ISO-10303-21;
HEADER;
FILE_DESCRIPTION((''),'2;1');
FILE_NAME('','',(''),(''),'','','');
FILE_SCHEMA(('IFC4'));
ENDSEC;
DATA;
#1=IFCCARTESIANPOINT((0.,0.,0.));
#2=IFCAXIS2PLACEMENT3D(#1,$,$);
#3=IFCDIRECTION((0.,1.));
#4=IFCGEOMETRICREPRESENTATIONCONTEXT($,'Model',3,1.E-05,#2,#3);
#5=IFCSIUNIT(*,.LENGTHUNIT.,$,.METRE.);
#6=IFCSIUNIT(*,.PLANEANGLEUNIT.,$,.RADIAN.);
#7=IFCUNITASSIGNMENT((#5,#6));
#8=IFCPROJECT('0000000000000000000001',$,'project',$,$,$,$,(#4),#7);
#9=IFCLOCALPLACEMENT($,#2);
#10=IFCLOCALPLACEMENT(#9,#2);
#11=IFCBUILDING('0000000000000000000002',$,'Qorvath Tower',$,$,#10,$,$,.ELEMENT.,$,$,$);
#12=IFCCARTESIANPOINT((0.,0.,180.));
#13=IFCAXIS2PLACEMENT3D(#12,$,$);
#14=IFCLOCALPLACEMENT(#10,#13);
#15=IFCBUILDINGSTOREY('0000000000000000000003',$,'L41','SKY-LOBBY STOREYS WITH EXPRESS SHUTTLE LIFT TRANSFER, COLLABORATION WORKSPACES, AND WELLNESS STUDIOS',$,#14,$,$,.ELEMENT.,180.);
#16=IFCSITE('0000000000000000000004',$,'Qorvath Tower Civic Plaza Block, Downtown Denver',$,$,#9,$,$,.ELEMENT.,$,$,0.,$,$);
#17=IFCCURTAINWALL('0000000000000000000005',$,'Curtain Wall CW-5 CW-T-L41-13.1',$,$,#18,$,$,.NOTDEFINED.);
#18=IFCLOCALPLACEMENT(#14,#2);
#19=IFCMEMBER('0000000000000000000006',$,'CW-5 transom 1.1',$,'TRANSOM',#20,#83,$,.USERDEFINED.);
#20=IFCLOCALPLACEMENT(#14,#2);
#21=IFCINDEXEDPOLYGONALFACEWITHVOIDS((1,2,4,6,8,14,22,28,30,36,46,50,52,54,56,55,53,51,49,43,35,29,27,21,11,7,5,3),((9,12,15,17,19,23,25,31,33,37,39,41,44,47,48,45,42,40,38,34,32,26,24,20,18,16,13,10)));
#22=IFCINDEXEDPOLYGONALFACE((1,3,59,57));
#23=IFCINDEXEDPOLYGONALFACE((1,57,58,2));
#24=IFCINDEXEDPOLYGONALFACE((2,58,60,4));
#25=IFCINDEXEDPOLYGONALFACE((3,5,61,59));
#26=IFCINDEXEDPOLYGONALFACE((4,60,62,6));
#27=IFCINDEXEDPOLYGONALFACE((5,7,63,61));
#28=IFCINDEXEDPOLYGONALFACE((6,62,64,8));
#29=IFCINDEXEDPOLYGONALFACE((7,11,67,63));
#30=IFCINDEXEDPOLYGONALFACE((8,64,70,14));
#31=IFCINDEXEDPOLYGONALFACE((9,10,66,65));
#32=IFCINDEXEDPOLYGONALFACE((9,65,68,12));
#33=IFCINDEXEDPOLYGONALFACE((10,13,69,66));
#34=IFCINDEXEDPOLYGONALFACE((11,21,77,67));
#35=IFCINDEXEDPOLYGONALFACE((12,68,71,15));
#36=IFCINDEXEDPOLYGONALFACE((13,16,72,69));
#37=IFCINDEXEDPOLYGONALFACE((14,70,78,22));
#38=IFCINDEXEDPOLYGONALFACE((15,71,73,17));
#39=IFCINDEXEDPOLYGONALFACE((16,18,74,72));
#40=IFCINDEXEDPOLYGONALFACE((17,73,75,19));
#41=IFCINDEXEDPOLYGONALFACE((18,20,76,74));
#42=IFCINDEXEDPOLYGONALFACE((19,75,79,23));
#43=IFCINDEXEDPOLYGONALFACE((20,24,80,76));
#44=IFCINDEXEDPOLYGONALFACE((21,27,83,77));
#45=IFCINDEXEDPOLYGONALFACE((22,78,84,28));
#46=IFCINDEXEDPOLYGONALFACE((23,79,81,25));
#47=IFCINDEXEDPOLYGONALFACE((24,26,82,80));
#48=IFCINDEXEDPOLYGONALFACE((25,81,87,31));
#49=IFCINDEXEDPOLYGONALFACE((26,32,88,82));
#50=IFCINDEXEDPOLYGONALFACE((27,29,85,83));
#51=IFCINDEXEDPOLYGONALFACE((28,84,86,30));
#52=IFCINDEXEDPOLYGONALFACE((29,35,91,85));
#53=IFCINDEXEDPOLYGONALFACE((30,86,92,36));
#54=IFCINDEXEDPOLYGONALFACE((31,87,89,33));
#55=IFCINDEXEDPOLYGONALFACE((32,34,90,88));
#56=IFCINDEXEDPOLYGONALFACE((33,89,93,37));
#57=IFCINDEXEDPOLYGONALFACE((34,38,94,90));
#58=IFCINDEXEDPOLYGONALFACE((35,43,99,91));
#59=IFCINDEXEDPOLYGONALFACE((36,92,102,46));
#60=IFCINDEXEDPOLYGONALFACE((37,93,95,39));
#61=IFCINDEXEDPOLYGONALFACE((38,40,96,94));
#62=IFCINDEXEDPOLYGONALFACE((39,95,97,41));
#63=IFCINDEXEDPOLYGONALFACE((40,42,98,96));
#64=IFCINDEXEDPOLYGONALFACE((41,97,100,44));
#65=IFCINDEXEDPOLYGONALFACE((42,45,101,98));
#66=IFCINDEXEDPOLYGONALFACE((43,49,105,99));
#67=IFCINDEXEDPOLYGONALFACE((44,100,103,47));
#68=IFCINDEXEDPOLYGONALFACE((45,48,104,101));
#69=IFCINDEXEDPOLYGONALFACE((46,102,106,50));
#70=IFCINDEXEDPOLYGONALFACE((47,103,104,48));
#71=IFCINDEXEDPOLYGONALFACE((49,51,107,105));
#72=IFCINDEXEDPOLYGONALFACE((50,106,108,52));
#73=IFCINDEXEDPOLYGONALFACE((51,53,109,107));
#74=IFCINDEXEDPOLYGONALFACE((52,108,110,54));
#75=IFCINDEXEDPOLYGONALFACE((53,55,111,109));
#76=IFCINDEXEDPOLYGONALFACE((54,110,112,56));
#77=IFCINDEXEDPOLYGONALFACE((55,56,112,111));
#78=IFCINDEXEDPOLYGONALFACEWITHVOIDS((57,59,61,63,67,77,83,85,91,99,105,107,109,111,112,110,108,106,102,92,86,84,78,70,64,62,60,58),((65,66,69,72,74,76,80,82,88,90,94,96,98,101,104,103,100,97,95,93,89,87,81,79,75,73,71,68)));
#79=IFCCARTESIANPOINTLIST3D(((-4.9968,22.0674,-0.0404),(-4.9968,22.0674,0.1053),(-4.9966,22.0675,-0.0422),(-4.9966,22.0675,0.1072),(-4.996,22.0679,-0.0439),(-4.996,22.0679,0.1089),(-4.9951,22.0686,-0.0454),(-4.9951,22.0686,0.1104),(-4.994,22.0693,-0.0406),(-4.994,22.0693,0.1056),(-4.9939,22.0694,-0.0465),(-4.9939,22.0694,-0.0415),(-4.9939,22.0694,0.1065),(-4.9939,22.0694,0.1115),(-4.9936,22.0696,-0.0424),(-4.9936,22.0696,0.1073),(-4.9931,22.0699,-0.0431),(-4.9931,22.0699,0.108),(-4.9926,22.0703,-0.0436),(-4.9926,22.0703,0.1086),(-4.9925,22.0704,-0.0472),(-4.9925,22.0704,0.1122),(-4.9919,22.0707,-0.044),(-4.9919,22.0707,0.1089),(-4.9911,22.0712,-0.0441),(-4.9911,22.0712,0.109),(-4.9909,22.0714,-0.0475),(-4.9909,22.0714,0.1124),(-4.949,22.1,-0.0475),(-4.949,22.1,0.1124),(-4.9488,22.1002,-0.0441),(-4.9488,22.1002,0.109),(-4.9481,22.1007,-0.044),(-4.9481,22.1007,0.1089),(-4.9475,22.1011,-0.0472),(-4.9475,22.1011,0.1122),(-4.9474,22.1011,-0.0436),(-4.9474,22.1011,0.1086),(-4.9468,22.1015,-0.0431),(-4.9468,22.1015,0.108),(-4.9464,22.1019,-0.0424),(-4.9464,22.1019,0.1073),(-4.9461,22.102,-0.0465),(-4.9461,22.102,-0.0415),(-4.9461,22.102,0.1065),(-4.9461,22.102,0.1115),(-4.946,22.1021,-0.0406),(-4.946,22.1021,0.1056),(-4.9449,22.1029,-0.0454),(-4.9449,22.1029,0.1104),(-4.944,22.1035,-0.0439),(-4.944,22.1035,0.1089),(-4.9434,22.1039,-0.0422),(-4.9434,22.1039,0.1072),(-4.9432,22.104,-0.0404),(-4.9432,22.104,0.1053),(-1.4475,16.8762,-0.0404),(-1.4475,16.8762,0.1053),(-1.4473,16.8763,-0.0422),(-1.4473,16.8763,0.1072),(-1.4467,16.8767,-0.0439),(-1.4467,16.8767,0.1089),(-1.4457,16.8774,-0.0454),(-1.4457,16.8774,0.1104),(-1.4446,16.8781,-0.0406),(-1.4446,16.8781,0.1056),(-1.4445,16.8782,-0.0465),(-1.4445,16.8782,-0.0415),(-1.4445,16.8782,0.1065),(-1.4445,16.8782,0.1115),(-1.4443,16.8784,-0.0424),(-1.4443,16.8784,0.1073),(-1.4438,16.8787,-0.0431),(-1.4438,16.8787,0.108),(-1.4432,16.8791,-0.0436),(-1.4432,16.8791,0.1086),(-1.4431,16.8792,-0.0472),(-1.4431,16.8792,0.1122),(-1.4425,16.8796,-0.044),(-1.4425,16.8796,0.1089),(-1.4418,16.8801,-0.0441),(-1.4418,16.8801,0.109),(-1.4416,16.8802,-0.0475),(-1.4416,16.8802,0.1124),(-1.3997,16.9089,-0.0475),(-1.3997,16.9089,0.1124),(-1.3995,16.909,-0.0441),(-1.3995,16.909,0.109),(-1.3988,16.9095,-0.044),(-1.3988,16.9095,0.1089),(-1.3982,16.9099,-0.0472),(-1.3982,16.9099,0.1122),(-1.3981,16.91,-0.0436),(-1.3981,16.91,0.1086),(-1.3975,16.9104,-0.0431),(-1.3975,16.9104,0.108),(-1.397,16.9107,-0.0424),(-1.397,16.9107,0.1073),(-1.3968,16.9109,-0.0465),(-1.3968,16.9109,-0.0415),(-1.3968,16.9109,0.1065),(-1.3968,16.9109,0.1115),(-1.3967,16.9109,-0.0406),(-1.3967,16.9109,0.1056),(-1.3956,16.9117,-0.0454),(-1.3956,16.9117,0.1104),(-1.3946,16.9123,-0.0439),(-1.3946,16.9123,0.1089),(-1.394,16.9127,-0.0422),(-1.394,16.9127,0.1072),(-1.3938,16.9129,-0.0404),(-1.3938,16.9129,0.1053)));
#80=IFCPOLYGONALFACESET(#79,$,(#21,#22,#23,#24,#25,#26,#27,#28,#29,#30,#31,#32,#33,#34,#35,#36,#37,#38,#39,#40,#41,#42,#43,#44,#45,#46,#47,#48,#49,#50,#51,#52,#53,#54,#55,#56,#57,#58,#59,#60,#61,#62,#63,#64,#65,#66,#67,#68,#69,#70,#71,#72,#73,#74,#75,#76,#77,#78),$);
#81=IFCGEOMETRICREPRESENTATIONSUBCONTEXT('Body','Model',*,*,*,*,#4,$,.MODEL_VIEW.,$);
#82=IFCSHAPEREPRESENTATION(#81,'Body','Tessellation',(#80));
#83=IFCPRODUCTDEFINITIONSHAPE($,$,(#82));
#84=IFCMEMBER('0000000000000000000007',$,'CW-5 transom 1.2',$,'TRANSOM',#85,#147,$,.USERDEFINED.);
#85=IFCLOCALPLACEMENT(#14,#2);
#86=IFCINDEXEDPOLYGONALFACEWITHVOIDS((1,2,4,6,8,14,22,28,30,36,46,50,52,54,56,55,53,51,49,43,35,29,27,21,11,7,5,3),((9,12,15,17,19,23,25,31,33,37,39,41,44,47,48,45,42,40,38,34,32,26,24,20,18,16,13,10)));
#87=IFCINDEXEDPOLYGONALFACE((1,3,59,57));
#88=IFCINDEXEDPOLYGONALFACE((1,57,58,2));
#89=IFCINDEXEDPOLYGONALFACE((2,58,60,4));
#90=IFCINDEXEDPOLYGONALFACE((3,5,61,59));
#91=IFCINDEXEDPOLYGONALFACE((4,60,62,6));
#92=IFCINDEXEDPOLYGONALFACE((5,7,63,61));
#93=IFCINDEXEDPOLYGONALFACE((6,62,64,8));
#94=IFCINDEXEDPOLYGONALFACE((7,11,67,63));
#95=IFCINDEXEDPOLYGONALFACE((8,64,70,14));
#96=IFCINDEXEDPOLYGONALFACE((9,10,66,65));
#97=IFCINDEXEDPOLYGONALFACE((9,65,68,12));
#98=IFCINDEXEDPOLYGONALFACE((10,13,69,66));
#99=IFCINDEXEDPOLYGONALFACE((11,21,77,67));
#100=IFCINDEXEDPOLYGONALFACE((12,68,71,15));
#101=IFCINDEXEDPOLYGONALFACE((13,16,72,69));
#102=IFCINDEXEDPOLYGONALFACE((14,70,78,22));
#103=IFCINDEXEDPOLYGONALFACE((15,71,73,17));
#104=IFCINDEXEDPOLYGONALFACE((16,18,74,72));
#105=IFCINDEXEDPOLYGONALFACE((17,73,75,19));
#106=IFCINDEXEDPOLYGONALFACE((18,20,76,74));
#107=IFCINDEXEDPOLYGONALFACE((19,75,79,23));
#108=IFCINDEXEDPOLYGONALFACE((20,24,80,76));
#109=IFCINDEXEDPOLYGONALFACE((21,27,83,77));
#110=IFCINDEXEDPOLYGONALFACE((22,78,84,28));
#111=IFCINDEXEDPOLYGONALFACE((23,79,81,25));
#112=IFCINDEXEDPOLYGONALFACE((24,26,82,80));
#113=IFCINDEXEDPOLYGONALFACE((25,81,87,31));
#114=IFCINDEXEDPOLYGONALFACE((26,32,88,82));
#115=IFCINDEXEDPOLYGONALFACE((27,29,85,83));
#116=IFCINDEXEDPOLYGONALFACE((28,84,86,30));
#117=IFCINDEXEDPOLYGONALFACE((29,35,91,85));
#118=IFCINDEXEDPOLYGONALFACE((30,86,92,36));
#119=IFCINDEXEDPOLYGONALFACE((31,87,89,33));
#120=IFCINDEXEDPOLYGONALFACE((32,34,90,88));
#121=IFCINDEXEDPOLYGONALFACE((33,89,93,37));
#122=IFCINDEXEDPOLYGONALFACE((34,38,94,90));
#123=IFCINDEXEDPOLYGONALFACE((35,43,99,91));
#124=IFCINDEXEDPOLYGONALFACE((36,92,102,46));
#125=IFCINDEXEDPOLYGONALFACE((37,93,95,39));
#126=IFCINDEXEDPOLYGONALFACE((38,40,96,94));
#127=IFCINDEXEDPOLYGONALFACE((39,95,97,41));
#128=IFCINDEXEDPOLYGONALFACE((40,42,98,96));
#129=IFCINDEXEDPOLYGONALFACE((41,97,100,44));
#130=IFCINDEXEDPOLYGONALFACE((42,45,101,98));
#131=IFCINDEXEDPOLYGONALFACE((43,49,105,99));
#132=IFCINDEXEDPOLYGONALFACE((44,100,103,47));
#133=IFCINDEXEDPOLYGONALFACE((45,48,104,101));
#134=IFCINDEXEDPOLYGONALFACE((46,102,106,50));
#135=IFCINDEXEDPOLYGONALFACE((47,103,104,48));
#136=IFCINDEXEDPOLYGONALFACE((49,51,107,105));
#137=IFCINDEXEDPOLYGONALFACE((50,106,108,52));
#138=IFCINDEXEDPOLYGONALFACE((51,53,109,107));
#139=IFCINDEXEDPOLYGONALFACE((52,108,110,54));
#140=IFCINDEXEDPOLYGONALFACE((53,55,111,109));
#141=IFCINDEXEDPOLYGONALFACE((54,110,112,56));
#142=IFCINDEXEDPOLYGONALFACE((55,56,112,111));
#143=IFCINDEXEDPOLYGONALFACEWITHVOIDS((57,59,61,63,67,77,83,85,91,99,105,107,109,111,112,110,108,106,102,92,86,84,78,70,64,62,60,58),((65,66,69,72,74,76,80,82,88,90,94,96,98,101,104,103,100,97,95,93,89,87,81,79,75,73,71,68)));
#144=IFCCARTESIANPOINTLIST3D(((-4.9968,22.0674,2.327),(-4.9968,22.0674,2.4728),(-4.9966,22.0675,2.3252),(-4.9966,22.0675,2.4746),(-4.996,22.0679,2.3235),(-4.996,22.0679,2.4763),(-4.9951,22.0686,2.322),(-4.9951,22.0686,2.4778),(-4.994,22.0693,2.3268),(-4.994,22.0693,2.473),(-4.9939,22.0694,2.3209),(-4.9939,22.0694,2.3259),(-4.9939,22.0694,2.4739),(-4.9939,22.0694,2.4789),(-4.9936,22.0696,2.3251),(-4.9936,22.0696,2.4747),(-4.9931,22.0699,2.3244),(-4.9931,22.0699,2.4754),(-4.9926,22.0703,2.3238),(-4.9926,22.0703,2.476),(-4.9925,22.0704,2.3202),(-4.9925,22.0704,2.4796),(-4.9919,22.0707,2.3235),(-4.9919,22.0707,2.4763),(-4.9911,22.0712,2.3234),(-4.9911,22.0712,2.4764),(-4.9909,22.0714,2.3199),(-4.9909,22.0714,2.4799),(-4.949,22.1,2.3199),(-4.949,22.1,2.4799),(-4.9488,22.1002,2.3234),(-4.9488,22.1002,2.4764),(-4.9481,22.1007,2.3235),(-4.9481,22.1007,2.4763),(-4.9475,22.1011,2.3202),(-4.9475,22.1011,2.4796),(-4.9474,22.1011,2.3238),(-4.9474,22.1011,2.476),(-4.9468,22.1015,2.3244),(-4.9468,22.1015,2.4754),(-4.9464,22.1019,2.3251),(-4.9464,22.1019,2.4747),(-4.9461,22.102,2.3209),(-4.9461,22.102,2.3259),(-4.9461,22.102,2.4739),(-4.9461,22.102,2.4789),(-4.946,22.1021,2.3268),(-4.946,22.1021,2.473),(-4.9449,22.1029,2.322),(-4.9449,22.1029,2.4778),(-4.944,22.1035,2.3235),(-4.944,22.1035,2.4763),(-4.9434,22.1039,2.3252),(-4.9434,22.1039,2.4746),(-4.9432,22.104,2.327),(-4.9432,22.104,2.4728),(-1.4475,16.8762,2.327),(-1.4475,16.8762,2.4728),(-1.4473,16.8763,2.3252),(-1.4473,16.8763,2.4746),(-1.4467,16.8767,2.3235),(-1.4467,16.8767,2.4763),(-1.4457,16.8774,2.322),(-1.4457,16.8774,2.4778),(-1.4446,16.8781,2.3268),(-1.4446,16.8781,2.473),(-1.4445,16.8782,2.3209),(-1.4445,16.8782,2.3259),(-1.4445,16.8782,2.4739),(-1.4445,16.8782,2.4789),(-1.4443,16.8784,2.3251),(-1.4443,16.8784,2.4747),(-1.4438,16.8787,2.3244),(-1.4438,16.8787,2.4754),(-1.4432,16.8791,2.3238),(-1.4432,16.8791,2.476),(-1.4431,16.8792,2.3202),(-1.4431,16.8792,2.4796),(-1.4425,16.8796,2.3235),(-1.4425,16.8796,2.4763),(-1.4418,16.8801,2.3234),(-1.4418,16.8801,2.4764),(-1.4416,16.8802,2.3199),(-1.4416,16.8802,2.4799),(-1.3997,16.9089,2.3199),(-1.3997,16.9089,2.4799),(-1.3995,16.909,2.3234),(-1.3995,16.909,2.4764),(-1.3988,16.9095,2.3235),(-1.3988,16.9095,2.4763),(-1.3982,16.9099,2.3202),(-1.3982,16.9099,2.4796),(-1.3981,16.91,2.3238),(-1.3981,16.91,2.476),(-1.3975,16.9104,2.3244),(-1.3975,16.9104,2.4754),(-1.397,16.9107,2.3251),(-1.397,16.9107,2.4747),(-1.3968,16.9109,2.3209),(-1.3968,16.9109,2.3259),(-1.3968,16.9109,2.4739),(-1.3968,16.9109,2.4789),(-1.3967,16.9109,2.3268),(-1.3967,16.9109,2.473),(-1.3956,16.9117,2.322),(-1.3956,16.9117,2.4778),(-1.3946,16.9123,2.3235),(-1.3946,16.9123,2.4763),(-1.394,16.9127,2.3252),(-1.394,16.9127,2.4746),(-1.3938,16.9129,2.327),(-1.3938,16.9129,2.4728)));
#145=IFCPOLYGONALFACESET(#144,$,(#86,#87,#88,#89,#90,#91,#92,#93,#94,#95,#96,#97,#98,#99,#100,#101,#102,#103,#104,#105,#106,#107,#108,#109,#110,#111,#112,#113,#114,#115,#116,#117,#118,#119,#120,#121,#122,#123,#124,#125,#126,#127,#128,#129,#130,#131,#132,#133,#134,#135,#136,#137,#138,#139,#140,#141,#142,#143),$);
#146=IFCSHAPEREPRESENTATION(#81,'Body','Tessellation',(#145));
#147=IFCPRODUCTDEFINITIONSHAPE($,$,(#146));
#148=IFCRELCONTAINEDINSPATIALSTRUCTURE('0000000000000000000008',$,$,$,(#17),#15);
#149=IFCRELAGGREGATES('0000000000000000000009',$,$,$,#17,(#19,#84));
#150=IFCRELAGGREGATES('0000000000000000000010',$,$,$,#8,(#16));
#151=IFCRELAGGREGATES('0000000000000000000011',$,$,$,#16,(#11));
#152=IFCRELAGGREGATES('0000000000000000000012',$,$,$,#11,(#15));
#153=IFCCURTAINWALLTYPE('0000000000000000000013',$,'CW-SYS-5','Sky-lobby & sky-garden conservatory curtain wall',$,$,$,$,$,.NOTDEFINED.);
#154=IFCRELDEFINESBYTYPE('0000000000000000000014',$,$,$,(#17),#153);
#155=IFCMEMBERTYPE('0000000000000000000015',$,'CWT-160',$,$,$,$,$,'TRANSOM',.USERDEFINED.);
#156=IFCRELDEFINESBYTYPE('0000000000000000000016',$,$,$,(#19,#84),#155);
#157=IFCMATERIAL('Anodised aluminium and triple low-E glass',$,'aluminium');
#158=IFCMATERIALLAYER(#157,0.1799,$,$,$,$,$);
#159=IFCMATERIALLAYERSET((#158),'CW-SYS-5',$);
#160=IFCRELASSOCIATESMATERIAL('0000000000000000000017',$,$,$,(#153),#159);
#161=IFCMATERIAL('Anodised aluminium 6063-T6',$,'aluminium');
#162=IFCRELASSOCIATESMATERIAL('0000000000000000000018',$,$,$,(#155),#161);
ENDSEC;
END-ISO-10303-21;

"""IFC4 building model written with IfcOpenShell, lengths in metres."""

from ifc_helpers import new_model, si_unit, direction, frame, origin, origin_2d, place, context, subcontext, project, spatial, hollow_rectangle, extrude, material, layer, layer_set, material_profile, profile_set, type_object, element, aggregate, save


model = new_model("IFC4")

# Units and contexts
model_context = context("Model", 3, precision=1e-05, world=origin(), true_north=direction((0.0, 1.0)))
body_context = subcontext(model_context, "Body", "Model", "MODEL_VIEW")
ifc_project = project(units=[si_unit("LENGTHUNIT", "METRE"), si_unit("PLANEANGLEUNIT", "RADIAN")], contexts=[model_context])

# Site, building, storey
site_placement = place(None, origin())
site = spatial("IfcSite", under=ifc_project, at=site_placement, Name="Qorvath Tower Civic Plaza Block, Downtown Denver", CompositionType="ELEMENT", RefElevation=0.0)
building_placement = place(site_placement, origin())
building = spatial("IfcBuilding", under=site, at=building_placement, Name="Qorvath Tower", CompositionType="ELEMENT")
storey_placement = place(building_placement, frame((0.0, 0.0, 180.0)))
storey = spatial("IfcBuildingStorey", under=building, at=storey_placement, Name="L41", Description="SKY-LOBBY STOREYS WITH EXPRESS SHUTTLE LIFT TRANSFER, COLLABORATION WORKSPACES, AND WELLNESS STUDIOS", CompositionType="ELEMENT", Elevation=180.0)

# Shared definitions
ifc_material_1 = material(Name="Anodised aluminium and triple low-E glass", Category="aluminium")
ifc_layer_1 = layer(ifc_material_1, 0.1799)
ifc_layer_set_1 = layer_set([ifc_layer_1], Name="CW-SYS-5")
curtain_wall_type = type_object("IfcCurtainWallType", Name="CW-SYS-5", Description="Sky-lobby & sky-garden conservatory curtain wall", PredefinedType="NOTDEFINED", material=ifc_layer_set_1)

# Curtain wall
curtain_wall_1_placement = place(storey_placement, origin())
curtain_wall_1 = element("IfcCurtainWall", 1, at=curtain_wall_1_placement, inside=storey, type_object=curtain_wall_type, Name="Curtain Wall CW-5 CW-T-L41-13.1", PredefinedType="NOTDEFINED")

# Members
ifc_material_2 = material(Name="Anodised aluminium 6063-T6", Category="aluminium")
ifc_material_profile_1 = material_profile(ifc_material_2, hollow_rectangle(XDim=0.0649, YDim=0.1599, WallThickness=0.0034, InnerFilletRadius=0.0034, OuterFilletRadius=0.0071, at=origin_2d()), Name="CWT 160x65")
ifc_profile_set_1 = profile_set([ifc_material_profile_1], Name="Anodised aluminium 6063-T6")
member_type_1 = type_object("IfcMemberType", Name="CWT-160", ElementType="TRANSOM", PredefinedType="USERDEFINED", material=ifc_profile_set_1)
member_1_placement = place(storey_placement, frame((-1.4207, 16.8945, 0.0325), z_axis=(-0.56441, 0.825495, 0.0), x_axis=(-0.825495, -0.56441, 0.0)))
member_1 = element("IfcMember", 2, at=member_1_placement, type_object=member_type_1, Name="CW-5 transom 1.1", ObjectType="TRANSOM", PredefinedType="USERDEFINED", context=body_context, shape_type="SweptSolid", body=[
    extrude(hollow_rectangle(XDim=0.0649, YDim=0.1599, WallThickness=0.0034, InnerFilletRadius=0.0034, OuterFilletRadius=0.0071, at=origin_2d()), origin(), (0.0, 0.0, 1.0), 6.2886),
])
member_2_placement = place(storey_placement, frame((-1.4207, 16.8945, 2.3999), z_axis=(-0.56441, 0.825495, 0.0), x_axis=(-0.825495, -0.56441, 0.0)))
member_2 = element("IfcMember", 3, at=member_2_placement, type_object=member_type_1, Name="CW-5 transom 1.2", ObjectType="TRANSOM", PredefinedType="USERDEFINED", context=body_context, shape_type="SweptSolid", body=[
    extrude(hollow_rectangle(XDim=0.0649, YDim=0.1599, WallThickness=0.0034, InnerFilletRadius=0.0034, OuterFilletRadius=0.0071, at=origin_2d()), origin(), (0.0, 0.0, 1.0), 6.2886),
])

aggregate(curtain_wall_1, [member_1, member_2])

save(model, "model.ifc")
